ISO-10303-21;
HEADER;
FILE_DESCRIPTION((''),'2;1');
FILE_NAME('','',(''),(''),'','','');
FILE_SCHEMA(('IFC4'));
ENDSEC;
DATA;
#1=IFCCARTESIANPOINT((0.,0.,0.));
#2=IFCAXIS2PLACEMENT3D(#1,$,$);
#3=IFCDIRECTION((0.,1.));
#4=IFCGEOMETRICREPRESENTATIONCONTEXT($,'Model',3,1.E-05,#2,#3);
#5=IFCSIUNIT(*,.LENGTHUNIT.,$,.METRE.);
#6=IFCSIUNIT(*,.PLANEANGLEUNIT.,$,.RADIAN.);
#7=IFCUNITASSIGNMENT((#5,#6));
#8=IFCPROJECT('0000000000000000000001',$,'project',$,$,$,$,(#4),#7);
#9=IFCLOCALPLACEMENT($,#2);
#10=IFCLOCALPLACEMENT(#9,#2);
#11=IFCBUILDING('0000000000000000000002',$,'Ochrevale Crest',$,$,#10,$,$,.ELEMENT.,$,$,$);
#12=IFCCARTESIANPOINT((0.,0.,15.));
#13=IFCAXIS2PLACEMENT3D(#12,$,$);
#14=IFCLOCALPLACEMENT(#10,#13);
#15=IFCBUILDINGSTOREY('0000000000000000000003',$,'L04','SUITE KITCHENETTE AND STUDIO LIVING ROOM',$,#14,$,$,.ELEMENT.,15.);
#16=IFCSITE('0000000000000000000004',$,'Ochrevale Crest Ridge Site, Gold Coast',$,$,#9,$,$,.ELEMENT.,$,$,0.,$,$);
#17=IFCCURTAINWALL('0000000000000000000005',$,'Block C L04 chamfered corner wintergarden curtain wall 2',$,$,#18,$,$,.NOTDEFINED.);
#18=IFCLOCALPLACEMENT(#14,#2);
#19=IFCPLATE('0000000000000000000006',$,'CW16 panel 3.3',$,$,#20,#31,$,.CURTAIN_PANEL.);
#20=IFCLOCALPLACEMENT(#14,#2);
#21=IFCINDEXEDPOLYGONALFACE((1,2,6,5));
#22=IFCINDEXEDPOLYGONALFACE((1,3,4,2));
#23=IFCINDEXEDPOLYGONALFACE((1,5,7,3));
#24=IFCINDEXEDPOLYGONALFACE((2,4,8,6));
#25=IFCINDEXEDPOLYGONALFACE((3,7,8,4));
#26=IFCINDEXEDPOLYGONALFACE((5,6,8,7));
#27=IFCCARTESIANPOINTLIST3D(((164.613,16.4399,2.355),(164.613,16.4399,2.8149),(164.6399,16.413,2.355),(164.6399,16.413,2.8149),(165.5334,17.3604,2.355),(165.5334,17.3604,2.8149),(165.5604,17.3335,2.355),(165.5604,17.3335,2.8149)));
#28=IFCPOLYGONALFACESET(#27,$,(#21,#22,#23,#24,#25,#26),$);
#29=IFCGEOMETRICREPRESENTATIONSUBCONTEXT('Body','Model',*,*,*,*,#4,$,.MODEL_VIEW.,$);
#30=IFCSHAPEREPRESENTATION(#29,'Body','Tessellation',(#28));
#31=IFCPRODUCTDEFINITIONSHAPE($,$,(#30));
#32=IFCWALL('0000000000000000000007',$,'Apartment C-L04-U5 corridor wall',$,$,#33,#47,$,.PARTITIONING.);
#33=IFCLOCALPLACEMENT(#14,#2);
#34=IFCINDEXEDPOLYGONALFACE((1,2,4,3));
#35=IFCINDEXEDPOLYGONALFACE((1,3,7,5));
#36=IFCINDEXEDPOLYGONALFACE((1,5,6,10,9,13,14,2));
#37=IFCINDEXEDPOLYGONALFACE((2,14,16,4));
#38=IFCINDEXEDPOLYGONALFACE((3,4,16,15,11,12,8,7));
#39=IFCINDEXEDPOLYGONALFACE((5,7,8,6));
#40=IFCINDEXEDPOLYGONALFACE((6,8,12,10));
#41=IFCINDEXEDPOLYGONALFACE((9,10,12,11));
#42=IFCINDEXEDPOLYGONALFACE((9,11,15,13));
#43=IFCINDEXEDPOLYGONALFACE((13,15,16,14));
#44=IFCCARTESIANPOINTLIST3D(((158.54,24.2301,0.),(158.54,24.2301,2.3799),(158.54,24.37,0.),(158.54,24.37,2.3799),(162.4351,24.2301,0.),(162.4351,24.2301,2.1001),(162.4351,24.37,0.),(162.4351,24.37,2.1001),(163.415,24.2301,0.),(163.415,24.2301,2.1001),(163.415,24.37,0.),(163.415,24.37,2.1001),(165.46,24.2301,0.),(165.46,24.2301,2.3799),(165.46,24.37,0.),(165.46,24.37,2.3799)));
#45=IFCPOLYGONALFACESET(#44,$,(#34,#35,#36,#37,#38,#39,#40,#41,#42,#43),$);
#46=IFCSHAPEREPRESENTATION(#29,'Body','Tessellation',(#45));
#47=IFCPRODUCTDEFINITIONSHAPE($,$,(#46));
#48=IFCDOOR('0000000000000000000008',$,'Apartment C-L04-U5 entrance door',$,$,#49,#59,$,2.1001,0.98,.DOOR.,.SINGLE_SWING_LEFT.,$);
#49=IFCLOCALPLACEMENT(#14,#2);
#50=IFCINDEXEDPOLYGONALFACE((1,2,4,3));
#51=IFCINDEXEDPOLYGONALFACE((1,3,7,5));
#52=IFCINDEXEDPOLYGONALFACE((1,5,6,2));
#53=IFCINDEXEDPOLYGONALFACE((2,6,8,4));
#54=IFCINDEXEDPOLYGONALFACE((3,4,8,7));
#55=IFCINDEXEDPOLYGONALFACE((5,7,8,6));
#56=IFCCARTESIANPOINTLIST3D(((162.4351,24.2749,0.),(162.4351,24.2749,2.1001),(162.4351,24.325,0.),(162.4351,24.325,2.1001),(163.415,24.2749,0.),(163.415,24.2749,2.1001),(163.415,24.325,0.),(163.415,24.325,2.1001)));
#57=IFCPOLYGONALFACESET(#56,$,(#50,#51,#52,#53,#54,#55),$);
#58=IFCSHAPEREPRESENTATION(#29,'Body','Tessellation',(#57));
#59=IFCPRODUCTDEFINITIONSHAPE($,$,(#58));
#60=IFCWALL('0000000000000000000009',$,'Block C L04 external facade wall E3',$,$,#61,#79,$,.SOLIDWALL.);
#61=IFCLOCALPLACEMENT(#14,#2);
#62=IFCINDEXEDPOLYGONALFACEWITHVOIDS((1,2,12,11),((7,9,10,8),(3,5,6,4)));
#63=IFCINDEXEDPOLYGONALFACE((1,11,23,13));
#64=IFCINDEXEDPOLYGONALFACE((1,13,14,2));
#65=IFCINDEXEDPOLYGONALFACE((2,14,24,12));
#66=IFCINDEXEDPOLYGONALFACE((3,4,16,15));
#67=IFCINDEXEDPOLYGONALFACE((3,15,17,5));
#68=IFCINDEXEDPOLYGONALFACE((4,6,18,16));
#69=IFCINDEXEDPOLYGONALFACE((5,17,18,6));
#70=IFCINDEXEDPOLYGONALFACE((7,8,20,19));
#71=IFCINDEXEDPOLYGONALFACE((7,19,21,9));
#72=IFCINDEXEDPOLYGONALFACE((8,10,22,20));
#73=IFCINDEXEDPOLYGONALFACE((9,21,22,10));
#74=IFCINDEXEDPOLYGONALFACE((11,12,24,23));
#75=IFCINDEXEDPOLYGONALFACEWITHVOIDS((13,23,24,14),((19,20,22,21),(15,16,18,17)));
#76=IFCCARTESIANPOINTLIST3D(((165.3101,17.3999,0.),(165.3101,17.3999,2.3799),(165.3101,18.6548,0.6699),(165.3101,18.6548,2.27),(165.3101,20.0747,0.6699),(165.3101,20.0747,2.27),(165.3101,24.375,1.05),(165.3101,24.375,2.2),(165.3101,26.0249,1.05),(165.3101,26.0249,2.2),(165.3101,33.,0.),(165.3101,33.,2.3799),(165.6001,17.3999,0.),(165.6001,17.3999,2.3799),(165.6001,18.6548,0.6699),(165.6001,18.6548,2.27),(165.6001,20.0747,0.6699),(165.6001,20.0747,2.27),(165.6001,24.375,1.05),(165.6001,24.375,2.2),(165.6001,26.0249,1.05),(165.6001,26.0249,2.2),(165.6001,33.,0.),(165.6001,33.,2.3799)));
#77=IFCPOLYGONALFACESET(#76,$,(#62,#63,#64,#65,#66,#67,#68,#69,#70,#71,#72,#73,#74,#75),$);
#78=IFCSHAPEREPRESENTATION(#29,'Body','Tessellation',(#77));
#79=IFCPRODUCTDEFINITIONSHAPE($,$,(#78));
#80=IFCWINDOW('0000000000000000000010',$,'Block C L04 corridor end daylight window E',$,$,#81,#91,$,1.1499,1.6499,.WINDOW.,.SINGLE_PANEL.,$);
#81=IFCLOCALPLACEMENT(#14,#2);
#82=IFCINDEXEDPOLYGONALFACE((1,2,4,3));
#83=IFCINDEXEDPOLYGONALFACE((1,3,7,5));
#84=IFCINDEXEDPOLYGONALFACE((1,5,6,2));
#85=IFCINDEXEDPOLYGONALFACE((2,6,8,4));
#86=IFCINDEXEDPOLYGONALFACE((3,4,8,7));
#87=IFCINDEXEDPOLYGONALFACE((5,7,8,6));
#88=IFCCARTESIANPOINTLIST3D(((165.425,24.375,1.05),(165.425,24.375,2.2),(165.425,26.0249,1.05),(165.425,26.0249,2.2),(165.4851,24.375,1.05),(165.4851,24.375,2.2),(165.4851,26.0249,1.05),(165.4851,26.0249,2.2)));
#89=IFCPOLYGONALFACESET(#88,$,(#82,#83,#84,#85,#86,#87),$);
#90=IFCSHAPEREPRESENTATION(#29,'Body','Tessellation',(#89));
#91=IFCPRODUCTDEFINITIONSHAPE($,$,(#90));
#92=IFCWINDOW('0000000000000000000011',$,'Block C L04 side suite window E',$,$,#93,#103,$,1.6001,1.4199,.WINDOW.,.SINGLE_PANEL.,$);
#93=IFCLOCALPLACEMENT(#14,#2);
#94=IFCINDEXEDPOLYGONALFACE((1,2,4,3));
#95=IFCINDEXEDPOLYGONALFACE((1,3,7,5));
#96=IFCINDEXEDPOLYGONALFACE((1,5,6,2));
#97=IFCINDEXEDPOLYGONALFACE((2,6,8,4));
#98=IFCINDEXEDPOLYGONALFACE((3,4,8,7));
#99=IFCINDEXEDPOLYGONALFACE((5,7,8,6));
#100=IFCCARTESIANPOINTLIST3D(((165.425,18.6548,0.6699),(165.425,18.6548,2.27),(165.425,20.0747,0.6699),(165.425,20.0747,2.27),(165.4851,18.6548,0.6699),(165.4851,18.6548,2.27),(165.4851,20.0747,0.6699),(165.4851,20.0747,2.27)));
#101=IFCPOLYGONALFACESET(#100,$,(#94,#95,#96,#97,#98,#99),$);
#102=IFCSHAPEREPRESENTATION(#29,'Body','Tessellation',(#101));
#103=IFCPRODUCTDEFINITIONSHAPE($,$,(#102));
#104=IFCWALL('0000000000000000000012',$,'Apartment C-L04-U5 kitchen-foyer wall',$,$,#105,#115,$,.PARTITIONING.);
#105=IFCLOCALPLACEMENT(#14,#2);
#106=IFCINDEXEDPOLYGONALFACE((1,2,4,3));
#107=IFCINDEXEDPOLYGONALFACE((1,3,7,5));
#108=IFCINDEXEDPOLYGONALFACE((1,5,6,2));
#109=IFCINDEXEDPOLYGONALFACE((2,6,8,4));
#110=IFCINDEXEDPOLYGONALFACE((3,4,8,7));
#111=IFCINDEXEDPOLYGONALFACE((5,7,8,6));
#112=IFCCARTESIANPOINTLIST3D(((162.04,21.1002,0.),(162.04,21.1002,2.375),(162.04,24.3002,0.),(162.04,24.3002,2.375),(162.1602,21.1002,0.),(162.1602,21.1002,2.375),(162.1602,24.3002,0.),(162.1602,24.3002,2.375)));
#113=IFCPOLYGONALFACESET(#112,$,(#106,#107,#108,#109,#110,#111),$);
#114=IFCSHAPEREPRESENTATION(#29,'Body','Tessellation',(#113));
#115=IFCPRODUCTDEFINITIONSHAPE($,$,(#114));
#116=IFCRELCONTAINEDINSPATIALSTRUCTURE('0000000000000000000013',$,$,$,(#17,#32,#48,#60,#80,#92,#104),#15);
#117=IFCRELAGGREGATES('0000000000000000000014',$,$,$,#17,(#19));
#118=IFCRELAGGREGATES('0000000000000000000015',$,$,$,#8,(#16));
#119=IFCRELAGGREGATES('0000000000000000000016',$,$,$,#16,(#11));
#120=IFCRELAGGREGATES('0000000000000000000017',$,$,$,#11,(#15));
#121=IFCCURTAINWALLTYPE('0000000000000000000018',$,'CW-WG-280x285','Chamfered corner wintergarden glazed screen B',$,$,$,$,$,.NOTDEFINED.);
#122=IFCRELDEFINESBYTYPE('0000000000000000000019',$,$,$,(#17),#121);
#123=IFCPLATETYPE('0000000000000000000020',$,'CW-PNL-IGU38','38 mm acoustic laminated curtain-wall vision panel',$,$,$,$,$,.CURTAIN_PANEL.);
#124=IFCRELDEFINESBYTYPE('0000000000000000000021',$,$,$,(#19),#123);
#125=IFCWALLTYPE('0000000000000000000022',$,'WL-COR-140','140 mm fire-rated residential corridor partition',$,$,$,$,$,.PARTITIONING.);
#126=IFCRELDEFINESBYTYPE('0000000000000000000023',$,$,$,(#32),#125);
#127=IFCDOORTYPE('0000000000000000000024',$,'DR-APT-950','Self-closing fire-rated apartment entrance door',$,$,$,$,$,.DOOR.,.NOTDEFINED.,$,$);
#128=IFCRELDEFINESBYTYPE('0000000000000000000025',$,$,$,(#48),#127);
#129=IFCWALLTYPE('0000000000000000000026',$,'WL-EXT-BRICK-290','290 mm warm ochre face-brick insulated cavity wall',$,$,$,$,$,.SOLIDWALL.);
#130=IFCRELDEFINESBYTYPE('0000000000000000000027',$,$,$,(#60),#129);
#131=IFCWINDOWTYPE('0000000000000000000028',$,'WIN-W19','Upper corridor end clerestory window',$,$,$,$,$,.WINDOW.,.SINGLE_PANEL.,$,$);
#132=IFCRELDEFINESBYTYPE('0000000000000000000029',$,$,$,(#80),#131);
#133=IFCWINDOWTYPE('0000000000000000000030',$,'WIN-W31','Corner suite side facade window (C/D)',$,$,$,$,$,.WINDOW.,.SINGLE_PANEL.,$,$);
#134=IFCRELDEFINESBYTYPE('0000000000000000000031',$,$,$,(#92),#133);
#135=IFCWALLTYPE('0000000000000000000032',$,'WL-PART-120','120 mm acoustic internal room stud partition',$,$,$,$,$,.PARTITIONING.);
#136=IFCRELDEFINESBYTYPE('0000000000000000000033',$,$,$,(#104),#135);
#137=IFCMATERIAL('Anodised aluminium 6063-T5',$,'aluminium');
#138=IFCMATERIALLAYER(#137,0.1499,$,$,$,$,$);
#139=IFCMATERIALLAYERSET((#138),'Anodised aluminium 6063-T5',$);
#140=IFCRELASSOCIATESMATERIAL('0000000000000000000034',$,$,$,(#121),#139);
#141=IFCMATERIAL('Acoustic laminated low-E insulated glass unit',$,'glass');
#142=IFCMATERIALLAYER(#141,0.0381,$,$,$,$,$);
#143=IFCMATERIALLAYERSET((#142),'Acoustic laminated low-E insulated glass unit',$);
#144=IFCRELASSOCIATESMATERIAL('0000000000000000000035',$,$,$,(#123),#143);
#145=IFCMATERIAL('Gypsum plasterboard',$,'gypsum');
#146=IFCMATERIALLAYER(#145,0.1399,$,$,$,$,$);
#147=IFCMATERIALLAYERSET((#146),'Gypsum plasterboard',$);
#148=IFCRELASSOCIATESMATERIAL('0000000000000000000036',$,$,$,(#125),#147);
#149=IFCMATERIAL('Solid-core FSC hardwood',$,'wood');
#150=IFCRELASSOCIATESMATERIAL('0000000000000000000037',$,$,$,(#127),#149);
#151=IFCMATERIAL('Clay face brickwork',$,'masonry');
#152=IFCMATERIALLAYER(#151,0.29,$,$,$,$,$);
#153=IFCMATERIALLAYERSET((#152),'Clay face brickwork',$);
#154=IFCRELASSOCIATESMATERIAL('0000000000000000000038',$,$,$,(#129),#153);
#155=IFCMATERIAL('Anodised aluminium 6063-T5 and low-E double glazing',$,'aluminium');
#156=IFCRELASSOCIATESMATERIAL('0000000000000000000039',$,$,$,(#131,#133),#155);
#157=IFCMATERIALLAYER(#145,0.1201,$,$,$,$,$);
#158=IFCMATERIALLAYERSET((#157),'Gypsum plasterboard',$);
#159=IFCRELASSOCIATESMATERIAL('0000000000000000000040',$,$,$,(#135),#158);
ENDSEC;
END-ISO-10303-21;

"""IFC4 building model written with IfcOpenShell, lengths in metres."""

from ifc_helpers import new_model, si_unit, direction, frame, frame_2d, origin, origin_2d, place, context, subcontext, project, spatial, rectangle, extrude, material, layer, layer_set, type_object, element, fill, aggregate, save


model = new_model("IFC4")

# Units and contexts
model_context = context("Model", 3, precision=1e-05, world=origin(), true_north=direction((0.0, 1.0)))
body_context = subcontext(model_context, "Body", "Model", "MODEL_VIEW")
ifc_project = project(units=[si_unit("LENGTHUNIT", "METRE"), si_unit("PLANEANGLEUNIT", "RADIAN")], contexts=[model_context])

# Site, building, storey
site_placement = place(None, origin())
site = spatial("IfcSite", under=ifc_project, at=site_placement, Name="Ochrevale Crest Ridge Site, Gold Coast", CompositionType="ELEMENT", RefElevation=0.0)
building_placement = place(site_placement, origin())
building = spatial("IfcBuilding", under=site, at=building_placement, Name="Ochrevale Crest", CompositionType="ELEMENT")
storey_placement = place(building_placement, frame((0.0, 0.0, 15.0)))
storey = spatial("IfcBuildingStorey", under=building, at=storey_placement, Name="L04", Description="SUITE KITCHENETTE AND STUDIO LIVING ROOM", CompositionType="ELEMENT", Elevation=15.0)

# Curtain wall, plate
ifc_material_1 = material(Name="Anodised aluminium 6063-T5", Category="aluminium")
ifc_layer_1 = layer(ifc_material_1, 0.1499)
ifc_layer_set_1 = layer_set([ifc_layer_1], Name="Anodised aluminium 6063-T5")
curtain_wall_type = type_object("IfcCurtainWallType", Name="CW-WG-280x285", Description="Chamfered corner wintergarden glazed screen B", PredefinedType="NOTDEFINED", material=ifc_layer_set_1)
curtain_wall_placement = place(storey_placement, origin())
curtain_wall = element("IfcCurtainWall", 1, at=curtain_wall_placement, inside=storey, type_object=curtain_wall_type, Name="Block C L04 chamfered corner wintergarden curtain wall 2", PredefinedType="NOTDEFINED")
ifc_material_2 = material(Name="Acoustic laminated low-E insulated glass unit", Category="glass")
ifc_layer_2 = layer(ifc_material_2, 0.0381)
ifc_layer_set_2 = layer_set([ifc_layer_2], Name="Acoustic laminated low-E insulated glass unit")
plate_type = type_object("IfcPlateType", Name="CW-PNL-IGU38", Description="38 mm acoustic laminated curtain-wall vision panel", PredefinedType="CURTAIN_PANEL", material=ifc_layer_set_2)
plate_1_placement = place(storey_placement, frame((165.0867, 16.8867, 2.355), z_axis=(0.0, 0.0, 1.0), x_axis=(0.707107, 0.707107, 0.0)))
plate_1 = element("IfcPlate", 2, at=plate_1_placement, type_object=plate_type, Name="CW16 panel 3.3", PredefinedType="CURTAIN_PANEL", context=body_context, shape_type="SweptSolid", body=[
    extrude(rectangle(XDim=1.3018, YDim=0.0381, at=origin_2d()), origin(), (0.0, 0.0, 1.0), 0.46),
])
aggregate(curtain_wall, [plate_1])

# Wall, opening, door
ifc_material_3 = material(Name="Gypsum plasterboard", Category="gypsum")
ifc_layer_3 = layer(ifc_material_3, 0.1399)
ifc_layer_set_3 = layer_set([ifc_layer_3], Name="Gypsum plasterboard")
wall_type_1 = type_object("IfcWallType", Name="WL-COR-140", Description="140 mm fire-rated residential corridor partition", PredefinedType="PARTITIONING", material=ifc_layer_set_3)
wall_1_placement = place(storey_placement, frame((158.54, 24.3, 0.0), z_axis=(0.0, 0.0, 1.0), x_axis=(1.0, 0.0, 0.0)))
wall_1 = element("IfcWall", 3, at=wall_1_placement, inside=storey, type_object=wall_type_1, Name="Apartment C-L04-U5 corridor wall", PredefinedType="PARTITIONING", context=body_context, shape_type="SweptSolid", body=[
    extrude(rectangle(XDim=6.9199, YDim=0.1399, at=frame_2d((3.46, 0.0))), origin(), (0.0, 0.0, 1.0), 2.3799),
])
opening_1_placement = place(wall_1_placement, frame((3.895, 0.0, 0.0)))
opening_1 = element("IfcOpeningElement", 4, at=opening_1_placement, cuts=wall_1, PredefinedType="OPENING", context=body_context, shape_type="SweptSolid", body=[
    extrude(rectangle(XDim=0.98, YDim=2.1001, at=frame_2d((0.49, 1.05))), frame((0.0, 0.0801, 0.0), z_axis=(0.0, -1.0, 0.0), x_axis=(1.0, 0.0, 0.0)), (0.0, 0.0, 1.0), 0.1599),
])
ifc_material_4 = material(Name="Solid-core FSC hardwood", Category="wood")
door_type_1 = type_object("IfcDoorType", Name="DR-APT-950", Description="Self-closing fire-rated apartment entrance door", OperationType="NOTDEFINED", PredefinedType="DOOR", material=ifc_material_4)
door_1_placement = place(opening_1_placement, origin())
door_1 = element("IfcDoor", 5, at=door_1_placement, inside=storey, type_object=door_type_1, Name="Apartment C-L04-U5 entrance door", OperationType="SINGLE_SWING_LEFT", OverallHeight=2.1001, OverallWidth=0.98, PredefinedType="DOOR", context=body_context, shape_type="SweptSolid", body=[
    extrude(rectangle(XDim=0.98, YDim=2.1001, at=frame_2d((0.49, 1.05))), frame((0.0, 0.0249, 0.0), z_axis=(0.0, -1.0, 0.0), x_axis=(1.0, 0.0, 0.0)), (0.0, 0.0, 1.0), 0.05),
])
fill(opening_1, door_1)

# Wall, openings, windows
ifc_material_5 = material(Name="Clay face brickwork", Category="masonry")
ifc_layer_4 = layer(ifc_material_5, 0.29)
ifc_layer_set_4 = layer_set([ifc_layer_4], Name="Clay face brickwork")
wall_type_2 = type_object("IfcWallType", Name="WL-EXT-BRICK-290", Description="290 mm warm ochre face-brick insulated cavity wall", PredefinedType="SOLIDWALL", material=ifc_layer_set_4)
wall_2_placement = place(storey_placement, frame((165.4551, 17.3999, 0.0), z_axis=(0.0, 0.0, 1.0), x_axis=(0.0, 1.0, 0.0)))
wall_2 = element("IfcWall", 6, at=wall_2_placement, inside=storey, type_object=wall_type_2, Name="Block C L04 external facade wall E3", PredefinedType="SOLIDWALL", context=body_context, shape_type="SweptSolid", body=[
    extrude(rectangle(XDim=15.6001, YDim=0.29, at=frame_2d((7.8, 0.0))), origin(), (0.0, 0.0, 1.0), 2.3799),
])
opening_2_placement = place(wall_2_placement, frame((6.9751, 0.0, 1.05)))
opening_2 = element("IfcOpeningElement", 7, at=opening_2_placement, cuts=wall_2, PredefinedType="OPENING", context=body_context, shape_type="SweptSolid", body=[
    extrude(rectangle(XDim=1.6499, YDim=1.1499, at=frame_2d((0.825, 0.575))), frame((0.0, 0.155, 0.0), z_axis=(0.0, -1.0, 0.0), x_axis=(1.0, 0.0, 0.0)), (0.0, 0.0, 1.0), 0.3101),
])
opening_3_placement = place(wall_2_placement, frame((1.2549, 0.0, 0.6699)))
opening_3 = element("IfcOpeningElement", 8, at=opening_3_placement, cuts=wall_2, PredefinedType="OPENING", context=body_context, shape_type="SweptSolid", body=[
    extrude(rectangle(XDim=1.4199, YDim=1.6001, at=frame_2d((0.71, 0.8))), frame((0.0, 0.155, 0.0), z_axis=(0.0, -1.0, 0.0), x_axis=(1.0, 0.0, 0.0)), (0.0, 0.0, 1.0), 0.3101),
])
ifc_material_6 = material(Name="Anodised aluminium 6063-T5 and low-E double glazing", Category="aluminium")
window_type_1 = type_object("IfcWindowType", Name="WIN-W19", Description="Upper corridor end clerestory window", PartitioningType="SINGLE_PANEL", PredefinedType="WINDOW", material=ifc_material_6)
window_1_placement = place(opening_2_placement, origin())
window_1 = element("IfcWindow", 9, at=window_1_placement, inside=storey, type_object=window_type_1, Name="Block C L04 corridor end daylight window E", OverallHeight=1.1499, OverallWidth=1.6499, PartitioningType="SINGLE_PANEL", PredefinedType="WINDOW", context=body_context, shape_type="SweptSolid", body=[
    extrude(rectangle(XDim=1.6499, YDim=1.1499, at=frame_2d((0.825, 0.575))), frame((0.0, 0.03, 0.0), z_axis=(0.0, -1.0, 0.0), x_axis=(1.0, 0.0, 0.0)), (0.0, 0.0, 1.0), 0.0601),
])
fill(opening_2, window_1)
window_type_2 = type_object("IfcWindowType", Name="WIN-W31", Description="Corner suite side facade window (C/D)", PartitioningType="SINGLE_PANEL", PredefinedType="WINDOW", material=ifc_material_6)
window_2_placement = place(opening_3_placement, origin())
window_2 = element("IfcWindow", 10, at=window_2_placement, inside=storey, type_object=window_type_2, Name="Block C L04 side suite window E", OverallHeight=1.6001, OverallWidth=1.4199, PartitioningType="SINGLE_PANEL", PredefinedType="WINDOW", context=body_context, shape_type="SweptSolid", body=[
    extrude(rectangle(XDim=1.4199, YDim=1.6001, at=frame_2d((0.71, 0.8))), frame((0.0, 0.03, 0.0), z_axis=(0.0, -1.0, 0.0), x_axis=(1.0, 0.0, 0.0)), (0.0, 0.0, 1.0), 0.0601),
])
fill(opening_3, window_2)

# Wall
ifc_layer_5 = layer(ifc_material_3, 0.1201)
ifc_layer_set_5 = layer_set([ifc_layer_5], Name="Gypsum plasterboard")
wall_type_3 = type_object("IfcWallType", Name="WL-PART-120", Description="120 mm acoustic internal room stud partition", PredefinedType="PARTITIONING", material=ifc_layer_set_5)
wall_3_placement = place(storey_placement, frame((162.1001, 21.1001, 0.0), z_axis=(0.0, 0.0, 1.0), x_axis=(0.0, 1.0, 0.0)))
element("IfcWall", 11, at=wall_3_placement, inside=storey, type_object=wall_type_3, Name="Apartment C-L04-U5 kitchen-foyer wall", PredefinedType="PARTITIONING", context=body_context, shape_type="SweptSolid", body=[
    extrude(rectangle(XDim=3.2, YDim=0.1201, at=frame_2d((1.6001, 0.0))), origin(), (0.0, 0.0, 1.0), 2.375),
])

save(model, "model.ifc")
